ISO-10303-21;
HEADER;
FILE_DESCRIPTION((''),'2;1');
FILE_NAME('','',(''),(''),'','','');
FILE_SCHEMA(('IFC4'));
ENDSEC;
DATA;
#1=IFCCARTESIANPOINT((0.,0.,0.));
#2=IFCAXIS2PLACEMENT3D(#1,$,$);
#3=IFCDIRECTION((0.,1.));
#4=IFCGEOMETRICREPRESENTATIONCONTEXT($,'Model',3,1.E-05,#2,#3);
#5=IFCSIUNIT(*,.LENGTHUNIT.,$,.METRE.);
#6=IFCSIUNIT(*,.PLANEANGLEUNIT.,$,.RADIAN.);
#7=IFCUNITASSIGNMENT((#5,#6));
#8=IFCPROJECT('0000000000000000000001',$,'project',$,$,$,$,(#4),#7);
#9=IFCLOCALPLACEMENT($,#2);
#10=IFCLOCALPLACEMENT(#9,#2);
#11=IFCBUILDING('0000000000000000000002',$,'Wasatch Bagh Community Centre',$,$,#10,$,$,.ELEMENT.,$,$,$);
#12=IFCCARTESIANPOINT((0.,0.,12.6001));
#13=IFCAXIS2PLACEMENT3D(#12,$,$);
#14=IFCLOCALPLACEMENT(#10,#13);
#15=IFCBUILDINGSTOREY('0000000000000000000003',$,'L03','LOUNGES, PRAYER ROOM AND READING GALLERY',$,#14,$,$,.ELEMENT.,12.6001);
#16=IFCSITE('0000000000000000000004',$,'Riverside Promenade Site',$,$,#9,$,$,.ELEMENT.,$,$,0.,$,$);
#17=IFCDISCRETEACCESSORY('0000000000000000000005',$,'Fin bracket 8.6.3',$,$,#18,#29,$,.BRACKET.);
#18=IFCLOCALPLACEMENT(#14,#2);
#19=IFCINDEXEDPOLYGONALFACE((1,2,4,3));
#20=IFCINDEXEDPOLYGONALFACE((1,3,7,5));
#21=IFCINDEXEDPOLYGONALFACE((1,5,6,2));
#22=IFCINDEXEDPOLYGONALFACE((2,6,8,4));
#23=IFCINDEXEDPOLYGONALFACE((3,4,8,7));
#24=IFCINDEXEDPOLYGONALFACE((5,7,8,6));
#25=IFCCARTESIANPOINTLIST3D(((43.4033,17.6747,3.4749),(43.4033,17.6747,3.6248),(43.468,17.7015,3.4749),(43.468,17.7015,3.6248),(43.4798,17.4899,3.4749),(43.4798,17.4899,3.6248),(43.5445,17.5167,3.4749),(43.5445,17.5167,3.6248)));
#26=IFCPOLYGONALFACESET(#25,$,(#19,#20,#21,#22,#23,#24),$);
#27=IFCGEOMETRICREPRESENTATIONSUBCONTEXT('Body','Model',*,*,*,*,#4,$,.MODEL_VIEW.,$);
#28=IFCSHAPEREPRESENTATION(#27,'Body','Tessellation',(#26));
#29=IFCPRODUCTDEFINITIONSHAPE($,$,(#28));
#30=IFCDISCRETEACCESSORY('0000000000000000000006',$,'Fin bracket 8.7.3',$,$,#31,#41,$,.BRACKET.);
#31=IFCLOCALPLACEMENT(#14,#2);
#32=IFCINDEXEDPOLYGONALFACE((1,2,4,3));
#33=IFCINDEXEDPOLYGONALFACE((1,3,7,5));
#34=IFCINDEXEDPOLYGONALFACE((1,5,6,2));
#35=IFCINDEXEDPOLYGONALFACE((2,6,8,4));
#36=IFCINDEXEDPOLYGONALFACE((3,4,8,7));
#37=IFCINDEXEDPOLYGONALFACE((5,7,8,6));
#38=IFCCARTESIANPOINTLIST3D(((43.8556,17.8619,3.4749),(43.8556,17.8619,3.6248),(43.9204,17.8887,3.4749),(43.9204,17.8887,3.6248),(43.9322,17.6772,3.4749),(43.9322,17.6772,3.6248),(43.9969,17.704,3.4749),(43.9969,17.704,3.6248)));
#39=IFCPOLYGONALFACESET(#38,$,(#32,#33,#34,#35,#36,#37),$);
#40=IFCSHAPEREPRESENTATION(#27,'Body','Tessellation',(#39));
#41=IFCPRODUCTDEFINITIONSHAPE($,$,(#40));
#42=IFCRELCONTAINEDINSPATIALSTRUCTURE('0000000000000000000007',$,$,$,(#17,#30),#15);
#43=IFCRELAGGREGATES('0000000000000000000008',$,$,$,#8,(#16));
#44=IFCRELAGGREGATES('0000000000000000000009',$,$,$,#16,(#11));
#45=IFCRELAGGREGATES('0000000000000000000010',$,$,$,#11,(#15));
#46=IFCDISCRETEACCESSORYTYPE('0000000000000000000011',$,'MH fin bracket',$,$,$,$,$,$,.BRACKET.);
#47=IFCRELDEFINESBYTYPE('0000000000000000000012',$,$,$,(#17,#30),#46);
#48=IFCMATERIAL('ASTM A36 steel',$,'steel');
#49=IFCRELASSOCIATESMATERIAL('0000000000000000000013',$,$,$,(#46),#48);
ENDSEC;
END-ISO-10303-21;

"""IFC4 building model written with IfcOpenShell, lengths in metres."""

from ifc_helpers import new_model, si_unit, direction, frame, origin, origin_2d, place, context, subcontext, project, spatial, rectangle, extrude, material, type_object, element, save


model = new_model("IFC4")

# Units and contexts
model_context = context("Model", 3, precision=1e-05, world=origin(), true_north=direction((0.0, 1.0)))
body_context = subcontext(model_context, "Body", "Model", "MODEL_VIEW")
ifc_project = project(units=[si_unit("LENGTHUNIT", "METRE"), si_unit("PLANEANGLEUNIT", "RADIAN")], contexts=[model_context])

# Site, building, storey
site_placement = place(None, origin())
site = spatial("IfcSite", under=ifc_project, at=site_placement, Name="Riverside Promenade Site", CompositionType="ELEMENT", RefElevation=0.0)
building_placement = place(site_placement, origin())
building = spatial("IfcBuilding", under=site, at=building_placement, Name="Wasatch Bagh Community Centre", CompositionType="ELEMENT")
storey_placement = place(building_placement, frame((0.0, 0.0, 12.6001)))
storey = spatial("IfcBuildingStorey", under=building, at=storey_placement, Name="L03", Description="LOUNGES, PRAYER ROOM AND READING GALLERY", CompositionType="ELEMENT", Elevation=12.6001)

# Discrete accessories
ifc_material_1 = material(Name="ASTM A36 steel", Category="steel")
discrete_accessory_type = type_object("IfcDiscreteAccessoryType", Name="MH fin bracket", PredefinedType="BRACKET", material=ifc_material_1)
for number, where, z_axis, x_axis, name in (
    (1, (43.4739, 17.5957, 3.4749), (0.0, 0.0, 1.0), (0.92388, 0.382683, 0.0), "Fin bracket 8.6.3"),
    (2, (43.9263, 17.783, 3.4749), (0.0, 0.0, 1.0), (0.92388, 0.382683, 0.0), "Fin bracket 8.7.3"),
):
    element("IfcDiscreteAccessory", number, at=place(storey_placement, frame(where, z_axis=z_axis, x_axis=x_axis)), inside=storey, type_object=discrete_accessory_type, Name=name, PredefinedType="BRACKET", context=body_context, shape_type="SweptSolid", body=[
        extrude(rectangle(XDim=0.0701, YDim=0.2, at=origin_2d()), origin(), (0.0, 0.0, 1.0), 0.1499),
    ])

save(model, "model.ifc")
